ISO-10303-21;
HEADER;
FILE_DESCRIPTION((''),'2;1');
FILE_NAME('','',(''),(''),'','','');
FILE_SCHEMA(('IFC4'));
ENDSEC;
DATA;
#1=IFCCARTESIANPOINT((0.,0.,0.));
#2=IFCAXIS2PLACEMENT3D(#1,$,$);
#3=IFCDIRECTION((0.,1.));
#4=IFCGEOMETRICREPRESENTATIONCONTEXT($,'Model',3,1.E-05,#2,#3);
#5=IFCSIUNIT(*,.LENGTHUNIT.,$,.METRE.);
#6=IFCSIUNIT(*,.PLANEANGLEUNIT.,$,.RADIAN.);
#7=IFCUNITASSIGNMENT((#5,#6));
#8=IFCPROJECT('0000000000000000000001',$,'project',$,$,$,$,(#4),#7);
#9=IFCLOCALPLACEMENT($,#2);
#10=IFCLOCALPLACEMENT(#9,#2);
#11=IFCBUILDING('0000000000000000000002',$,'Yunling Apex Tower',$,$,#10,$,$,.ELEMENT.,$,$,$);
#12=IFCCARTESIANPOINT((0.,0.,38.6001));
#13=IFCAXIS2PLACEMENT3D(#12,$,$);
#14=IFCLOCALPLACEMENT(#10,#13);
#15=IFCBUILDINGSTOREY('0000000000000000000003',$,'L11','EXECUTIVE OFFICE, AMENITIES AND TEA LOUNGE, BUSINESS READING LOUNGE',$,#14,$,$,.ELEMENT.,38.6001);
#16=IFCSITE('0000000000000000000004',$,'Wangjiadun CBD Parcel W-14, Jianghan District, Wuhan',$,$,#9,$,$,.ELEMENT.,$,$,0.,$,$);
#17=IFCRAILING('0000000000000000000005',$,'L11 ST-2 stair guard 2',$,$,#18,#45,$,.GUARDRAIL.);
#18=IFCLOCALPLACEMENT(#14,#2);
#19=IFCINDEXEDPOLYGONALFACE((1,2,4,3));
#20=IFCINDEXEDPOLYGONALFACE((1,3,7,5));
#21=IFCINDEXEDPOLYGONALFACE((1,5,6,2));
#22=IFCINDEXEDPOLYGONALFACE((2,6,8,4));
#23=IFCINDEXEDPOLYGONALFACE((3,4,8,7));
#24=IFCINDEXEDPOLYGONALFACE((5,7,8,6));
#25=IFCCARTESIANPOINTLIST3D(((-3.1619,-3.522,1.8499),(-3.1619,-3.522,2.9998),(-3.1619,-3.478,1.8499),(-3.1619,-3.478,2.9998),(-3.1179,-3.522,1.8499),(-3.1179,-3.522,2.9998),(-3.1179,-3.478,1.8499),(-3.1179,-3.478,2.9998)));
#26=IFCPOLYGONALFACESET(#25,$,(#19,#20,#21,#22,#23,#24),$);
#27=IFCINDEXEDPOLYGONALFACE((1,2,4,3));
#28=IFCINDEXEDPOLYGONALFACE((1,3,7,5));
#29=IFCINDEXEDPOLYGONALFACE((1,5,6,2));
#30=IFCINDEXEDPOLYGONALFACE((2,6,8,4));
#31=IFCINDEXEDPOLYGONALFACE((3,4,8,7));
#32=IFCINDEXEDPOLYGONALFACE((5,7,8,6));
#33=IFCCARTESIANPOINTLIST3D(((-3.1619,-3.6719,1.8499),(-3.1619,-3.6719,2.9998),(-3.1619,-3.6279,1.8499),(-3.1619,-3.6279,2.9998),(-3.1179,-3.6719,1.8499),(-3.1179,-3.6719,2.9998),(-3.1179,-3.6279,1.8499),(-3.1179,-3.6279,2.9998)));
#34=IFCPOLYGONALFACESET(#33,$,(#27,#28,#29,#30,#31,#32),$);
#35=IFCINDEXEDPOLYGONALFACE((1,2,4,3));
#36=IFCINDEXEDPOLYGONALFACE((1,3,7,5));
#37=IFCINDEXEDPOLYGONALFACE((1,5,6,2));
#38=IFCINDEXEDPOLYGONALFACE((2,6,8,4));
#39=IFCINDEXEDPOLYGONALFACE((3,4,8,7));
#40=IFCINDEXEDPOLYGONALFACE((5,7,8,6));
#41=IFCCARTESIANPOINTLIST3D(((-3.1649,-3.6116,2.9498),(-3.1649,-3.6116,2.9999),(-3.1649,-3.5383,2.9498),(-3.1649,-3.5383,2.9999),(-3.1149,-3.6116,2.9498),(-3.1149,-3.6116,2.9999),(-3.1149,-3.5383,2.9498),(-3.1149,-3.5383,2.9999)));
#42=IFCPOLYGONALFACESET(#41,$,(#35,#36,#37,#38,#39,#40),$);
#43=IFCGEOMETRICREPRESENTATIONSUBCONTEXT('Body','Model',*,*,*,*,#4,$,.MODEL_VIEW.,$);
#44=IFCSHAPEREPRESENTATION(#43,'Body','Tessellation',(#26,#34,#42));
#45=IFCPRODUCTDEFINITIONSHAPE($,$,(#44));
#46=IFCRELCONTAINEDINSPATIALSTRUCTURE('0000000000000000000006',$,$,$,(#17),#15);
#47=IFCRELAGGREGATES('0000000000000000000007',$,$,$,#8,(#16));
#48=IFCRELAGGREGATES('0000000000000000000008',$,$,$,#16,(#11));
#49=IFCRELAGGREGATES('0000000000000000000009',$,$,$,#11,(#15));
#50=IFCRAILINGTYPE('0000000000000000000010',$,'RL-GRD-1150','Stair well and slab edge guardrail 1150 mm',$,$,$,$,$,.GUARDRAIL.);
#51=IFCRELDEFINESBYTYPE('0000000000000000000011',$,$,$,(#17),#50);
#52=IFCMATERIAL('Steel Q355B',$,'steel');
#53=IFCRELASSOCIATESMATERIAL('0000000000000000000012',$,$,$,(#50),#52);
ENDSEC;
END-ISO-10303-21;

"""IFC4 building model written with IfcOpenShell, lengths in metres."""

from ifc_helpers import new_model, si_unit, direction, frame, origin, origin_2d, place, context, subcontext, project, spatial, rectangle, extrude, material, type_object, element, save


model = new_model("IFC4")

# Units and contexts
model_context = context("Model", 3, precision=1e-05, world=origin(), true_north=direction((0.0, 1.0)))
body_context = subcontext(model_context, "Body", "Model", "MODEL_VIEW")
ifc_project = project(units=[si_unit("LENGTHUNIT", "METRE"), si_unit("PLANEANGLEUNIT", "RADIAN")], contexts=[model_context])

# Site, building, storey
site_placement = place(None, origin())
site = spatial("IfcSite", under=ifc_project, at=site_placement, Name="Wangjiadun CBD Parcel W-14, Jianghan District, Wuhan", CompositionType="ELEMENT", RefElevation=0.0)
building_placement = place(site_placement, origin())
building = spatial("IfcBuilding", under=site, at=building_placement, Name="Yunling Apex Tower", CompositionType="ELEMENT")
storey_placement = place(building_placement, frame((0.0, 0.0, 38.6001)))
storey = spatial("IfcBuildingStorey", under=building, at=storey_placement, Name="L11", Description="EXECUTIVE OFFICE, AMENITIES AND TEA LOUNGE, BUSINESS READING LOUNGE", CompositionType="ELEMENT", Elevation=38.6001)

# Shared definitions
ifc_material_1 = material(Name="Steel Q355B", Category="steel")

# Railing
railing_type = type_object("IfcRailingType", Name="RL-GRD-1150", Description="Stair well and slab edge guardrail 1150 mm", PredefinedType="GUARDRAIL", material=ifc_material_1)
railing_placement = place(storey_placement, frame((-3.1399, -3.5, 1.8499)))
element("IfcRailing", 1, at=railing_placement, inside=storey, type_object=railing_type, Name="L11 ST-2 stair guard 2", PredefinedType="GUARDRAIL", context=body_context, shape_type="SweptSolid", body=[
    extrude(rectangle(XDim=0.0439, YDim=0.0439, at=origin_2d()), origin(), (0.0, 0.0, 1.0), 1.1499),
    extrude(rectangle(XDim=0.0439, YDim=0.0439, at=origin_2d()), frame((0.0, -0.1499, 0.0)), (0.0, 0.0, 1.0), 1.1499),
    extrude(rectangle(XDim=0.05, YDim=0.05, at=origin_2d()), frame((0.0, -0.0383, 1.125), z_axis=(0.0, -1.0, 0.0), x_axis=(1.0, 0.0, 0.0)), (0.0, 0.0, 1.0), 0.0732),
])

save(model, "model.ifc")
